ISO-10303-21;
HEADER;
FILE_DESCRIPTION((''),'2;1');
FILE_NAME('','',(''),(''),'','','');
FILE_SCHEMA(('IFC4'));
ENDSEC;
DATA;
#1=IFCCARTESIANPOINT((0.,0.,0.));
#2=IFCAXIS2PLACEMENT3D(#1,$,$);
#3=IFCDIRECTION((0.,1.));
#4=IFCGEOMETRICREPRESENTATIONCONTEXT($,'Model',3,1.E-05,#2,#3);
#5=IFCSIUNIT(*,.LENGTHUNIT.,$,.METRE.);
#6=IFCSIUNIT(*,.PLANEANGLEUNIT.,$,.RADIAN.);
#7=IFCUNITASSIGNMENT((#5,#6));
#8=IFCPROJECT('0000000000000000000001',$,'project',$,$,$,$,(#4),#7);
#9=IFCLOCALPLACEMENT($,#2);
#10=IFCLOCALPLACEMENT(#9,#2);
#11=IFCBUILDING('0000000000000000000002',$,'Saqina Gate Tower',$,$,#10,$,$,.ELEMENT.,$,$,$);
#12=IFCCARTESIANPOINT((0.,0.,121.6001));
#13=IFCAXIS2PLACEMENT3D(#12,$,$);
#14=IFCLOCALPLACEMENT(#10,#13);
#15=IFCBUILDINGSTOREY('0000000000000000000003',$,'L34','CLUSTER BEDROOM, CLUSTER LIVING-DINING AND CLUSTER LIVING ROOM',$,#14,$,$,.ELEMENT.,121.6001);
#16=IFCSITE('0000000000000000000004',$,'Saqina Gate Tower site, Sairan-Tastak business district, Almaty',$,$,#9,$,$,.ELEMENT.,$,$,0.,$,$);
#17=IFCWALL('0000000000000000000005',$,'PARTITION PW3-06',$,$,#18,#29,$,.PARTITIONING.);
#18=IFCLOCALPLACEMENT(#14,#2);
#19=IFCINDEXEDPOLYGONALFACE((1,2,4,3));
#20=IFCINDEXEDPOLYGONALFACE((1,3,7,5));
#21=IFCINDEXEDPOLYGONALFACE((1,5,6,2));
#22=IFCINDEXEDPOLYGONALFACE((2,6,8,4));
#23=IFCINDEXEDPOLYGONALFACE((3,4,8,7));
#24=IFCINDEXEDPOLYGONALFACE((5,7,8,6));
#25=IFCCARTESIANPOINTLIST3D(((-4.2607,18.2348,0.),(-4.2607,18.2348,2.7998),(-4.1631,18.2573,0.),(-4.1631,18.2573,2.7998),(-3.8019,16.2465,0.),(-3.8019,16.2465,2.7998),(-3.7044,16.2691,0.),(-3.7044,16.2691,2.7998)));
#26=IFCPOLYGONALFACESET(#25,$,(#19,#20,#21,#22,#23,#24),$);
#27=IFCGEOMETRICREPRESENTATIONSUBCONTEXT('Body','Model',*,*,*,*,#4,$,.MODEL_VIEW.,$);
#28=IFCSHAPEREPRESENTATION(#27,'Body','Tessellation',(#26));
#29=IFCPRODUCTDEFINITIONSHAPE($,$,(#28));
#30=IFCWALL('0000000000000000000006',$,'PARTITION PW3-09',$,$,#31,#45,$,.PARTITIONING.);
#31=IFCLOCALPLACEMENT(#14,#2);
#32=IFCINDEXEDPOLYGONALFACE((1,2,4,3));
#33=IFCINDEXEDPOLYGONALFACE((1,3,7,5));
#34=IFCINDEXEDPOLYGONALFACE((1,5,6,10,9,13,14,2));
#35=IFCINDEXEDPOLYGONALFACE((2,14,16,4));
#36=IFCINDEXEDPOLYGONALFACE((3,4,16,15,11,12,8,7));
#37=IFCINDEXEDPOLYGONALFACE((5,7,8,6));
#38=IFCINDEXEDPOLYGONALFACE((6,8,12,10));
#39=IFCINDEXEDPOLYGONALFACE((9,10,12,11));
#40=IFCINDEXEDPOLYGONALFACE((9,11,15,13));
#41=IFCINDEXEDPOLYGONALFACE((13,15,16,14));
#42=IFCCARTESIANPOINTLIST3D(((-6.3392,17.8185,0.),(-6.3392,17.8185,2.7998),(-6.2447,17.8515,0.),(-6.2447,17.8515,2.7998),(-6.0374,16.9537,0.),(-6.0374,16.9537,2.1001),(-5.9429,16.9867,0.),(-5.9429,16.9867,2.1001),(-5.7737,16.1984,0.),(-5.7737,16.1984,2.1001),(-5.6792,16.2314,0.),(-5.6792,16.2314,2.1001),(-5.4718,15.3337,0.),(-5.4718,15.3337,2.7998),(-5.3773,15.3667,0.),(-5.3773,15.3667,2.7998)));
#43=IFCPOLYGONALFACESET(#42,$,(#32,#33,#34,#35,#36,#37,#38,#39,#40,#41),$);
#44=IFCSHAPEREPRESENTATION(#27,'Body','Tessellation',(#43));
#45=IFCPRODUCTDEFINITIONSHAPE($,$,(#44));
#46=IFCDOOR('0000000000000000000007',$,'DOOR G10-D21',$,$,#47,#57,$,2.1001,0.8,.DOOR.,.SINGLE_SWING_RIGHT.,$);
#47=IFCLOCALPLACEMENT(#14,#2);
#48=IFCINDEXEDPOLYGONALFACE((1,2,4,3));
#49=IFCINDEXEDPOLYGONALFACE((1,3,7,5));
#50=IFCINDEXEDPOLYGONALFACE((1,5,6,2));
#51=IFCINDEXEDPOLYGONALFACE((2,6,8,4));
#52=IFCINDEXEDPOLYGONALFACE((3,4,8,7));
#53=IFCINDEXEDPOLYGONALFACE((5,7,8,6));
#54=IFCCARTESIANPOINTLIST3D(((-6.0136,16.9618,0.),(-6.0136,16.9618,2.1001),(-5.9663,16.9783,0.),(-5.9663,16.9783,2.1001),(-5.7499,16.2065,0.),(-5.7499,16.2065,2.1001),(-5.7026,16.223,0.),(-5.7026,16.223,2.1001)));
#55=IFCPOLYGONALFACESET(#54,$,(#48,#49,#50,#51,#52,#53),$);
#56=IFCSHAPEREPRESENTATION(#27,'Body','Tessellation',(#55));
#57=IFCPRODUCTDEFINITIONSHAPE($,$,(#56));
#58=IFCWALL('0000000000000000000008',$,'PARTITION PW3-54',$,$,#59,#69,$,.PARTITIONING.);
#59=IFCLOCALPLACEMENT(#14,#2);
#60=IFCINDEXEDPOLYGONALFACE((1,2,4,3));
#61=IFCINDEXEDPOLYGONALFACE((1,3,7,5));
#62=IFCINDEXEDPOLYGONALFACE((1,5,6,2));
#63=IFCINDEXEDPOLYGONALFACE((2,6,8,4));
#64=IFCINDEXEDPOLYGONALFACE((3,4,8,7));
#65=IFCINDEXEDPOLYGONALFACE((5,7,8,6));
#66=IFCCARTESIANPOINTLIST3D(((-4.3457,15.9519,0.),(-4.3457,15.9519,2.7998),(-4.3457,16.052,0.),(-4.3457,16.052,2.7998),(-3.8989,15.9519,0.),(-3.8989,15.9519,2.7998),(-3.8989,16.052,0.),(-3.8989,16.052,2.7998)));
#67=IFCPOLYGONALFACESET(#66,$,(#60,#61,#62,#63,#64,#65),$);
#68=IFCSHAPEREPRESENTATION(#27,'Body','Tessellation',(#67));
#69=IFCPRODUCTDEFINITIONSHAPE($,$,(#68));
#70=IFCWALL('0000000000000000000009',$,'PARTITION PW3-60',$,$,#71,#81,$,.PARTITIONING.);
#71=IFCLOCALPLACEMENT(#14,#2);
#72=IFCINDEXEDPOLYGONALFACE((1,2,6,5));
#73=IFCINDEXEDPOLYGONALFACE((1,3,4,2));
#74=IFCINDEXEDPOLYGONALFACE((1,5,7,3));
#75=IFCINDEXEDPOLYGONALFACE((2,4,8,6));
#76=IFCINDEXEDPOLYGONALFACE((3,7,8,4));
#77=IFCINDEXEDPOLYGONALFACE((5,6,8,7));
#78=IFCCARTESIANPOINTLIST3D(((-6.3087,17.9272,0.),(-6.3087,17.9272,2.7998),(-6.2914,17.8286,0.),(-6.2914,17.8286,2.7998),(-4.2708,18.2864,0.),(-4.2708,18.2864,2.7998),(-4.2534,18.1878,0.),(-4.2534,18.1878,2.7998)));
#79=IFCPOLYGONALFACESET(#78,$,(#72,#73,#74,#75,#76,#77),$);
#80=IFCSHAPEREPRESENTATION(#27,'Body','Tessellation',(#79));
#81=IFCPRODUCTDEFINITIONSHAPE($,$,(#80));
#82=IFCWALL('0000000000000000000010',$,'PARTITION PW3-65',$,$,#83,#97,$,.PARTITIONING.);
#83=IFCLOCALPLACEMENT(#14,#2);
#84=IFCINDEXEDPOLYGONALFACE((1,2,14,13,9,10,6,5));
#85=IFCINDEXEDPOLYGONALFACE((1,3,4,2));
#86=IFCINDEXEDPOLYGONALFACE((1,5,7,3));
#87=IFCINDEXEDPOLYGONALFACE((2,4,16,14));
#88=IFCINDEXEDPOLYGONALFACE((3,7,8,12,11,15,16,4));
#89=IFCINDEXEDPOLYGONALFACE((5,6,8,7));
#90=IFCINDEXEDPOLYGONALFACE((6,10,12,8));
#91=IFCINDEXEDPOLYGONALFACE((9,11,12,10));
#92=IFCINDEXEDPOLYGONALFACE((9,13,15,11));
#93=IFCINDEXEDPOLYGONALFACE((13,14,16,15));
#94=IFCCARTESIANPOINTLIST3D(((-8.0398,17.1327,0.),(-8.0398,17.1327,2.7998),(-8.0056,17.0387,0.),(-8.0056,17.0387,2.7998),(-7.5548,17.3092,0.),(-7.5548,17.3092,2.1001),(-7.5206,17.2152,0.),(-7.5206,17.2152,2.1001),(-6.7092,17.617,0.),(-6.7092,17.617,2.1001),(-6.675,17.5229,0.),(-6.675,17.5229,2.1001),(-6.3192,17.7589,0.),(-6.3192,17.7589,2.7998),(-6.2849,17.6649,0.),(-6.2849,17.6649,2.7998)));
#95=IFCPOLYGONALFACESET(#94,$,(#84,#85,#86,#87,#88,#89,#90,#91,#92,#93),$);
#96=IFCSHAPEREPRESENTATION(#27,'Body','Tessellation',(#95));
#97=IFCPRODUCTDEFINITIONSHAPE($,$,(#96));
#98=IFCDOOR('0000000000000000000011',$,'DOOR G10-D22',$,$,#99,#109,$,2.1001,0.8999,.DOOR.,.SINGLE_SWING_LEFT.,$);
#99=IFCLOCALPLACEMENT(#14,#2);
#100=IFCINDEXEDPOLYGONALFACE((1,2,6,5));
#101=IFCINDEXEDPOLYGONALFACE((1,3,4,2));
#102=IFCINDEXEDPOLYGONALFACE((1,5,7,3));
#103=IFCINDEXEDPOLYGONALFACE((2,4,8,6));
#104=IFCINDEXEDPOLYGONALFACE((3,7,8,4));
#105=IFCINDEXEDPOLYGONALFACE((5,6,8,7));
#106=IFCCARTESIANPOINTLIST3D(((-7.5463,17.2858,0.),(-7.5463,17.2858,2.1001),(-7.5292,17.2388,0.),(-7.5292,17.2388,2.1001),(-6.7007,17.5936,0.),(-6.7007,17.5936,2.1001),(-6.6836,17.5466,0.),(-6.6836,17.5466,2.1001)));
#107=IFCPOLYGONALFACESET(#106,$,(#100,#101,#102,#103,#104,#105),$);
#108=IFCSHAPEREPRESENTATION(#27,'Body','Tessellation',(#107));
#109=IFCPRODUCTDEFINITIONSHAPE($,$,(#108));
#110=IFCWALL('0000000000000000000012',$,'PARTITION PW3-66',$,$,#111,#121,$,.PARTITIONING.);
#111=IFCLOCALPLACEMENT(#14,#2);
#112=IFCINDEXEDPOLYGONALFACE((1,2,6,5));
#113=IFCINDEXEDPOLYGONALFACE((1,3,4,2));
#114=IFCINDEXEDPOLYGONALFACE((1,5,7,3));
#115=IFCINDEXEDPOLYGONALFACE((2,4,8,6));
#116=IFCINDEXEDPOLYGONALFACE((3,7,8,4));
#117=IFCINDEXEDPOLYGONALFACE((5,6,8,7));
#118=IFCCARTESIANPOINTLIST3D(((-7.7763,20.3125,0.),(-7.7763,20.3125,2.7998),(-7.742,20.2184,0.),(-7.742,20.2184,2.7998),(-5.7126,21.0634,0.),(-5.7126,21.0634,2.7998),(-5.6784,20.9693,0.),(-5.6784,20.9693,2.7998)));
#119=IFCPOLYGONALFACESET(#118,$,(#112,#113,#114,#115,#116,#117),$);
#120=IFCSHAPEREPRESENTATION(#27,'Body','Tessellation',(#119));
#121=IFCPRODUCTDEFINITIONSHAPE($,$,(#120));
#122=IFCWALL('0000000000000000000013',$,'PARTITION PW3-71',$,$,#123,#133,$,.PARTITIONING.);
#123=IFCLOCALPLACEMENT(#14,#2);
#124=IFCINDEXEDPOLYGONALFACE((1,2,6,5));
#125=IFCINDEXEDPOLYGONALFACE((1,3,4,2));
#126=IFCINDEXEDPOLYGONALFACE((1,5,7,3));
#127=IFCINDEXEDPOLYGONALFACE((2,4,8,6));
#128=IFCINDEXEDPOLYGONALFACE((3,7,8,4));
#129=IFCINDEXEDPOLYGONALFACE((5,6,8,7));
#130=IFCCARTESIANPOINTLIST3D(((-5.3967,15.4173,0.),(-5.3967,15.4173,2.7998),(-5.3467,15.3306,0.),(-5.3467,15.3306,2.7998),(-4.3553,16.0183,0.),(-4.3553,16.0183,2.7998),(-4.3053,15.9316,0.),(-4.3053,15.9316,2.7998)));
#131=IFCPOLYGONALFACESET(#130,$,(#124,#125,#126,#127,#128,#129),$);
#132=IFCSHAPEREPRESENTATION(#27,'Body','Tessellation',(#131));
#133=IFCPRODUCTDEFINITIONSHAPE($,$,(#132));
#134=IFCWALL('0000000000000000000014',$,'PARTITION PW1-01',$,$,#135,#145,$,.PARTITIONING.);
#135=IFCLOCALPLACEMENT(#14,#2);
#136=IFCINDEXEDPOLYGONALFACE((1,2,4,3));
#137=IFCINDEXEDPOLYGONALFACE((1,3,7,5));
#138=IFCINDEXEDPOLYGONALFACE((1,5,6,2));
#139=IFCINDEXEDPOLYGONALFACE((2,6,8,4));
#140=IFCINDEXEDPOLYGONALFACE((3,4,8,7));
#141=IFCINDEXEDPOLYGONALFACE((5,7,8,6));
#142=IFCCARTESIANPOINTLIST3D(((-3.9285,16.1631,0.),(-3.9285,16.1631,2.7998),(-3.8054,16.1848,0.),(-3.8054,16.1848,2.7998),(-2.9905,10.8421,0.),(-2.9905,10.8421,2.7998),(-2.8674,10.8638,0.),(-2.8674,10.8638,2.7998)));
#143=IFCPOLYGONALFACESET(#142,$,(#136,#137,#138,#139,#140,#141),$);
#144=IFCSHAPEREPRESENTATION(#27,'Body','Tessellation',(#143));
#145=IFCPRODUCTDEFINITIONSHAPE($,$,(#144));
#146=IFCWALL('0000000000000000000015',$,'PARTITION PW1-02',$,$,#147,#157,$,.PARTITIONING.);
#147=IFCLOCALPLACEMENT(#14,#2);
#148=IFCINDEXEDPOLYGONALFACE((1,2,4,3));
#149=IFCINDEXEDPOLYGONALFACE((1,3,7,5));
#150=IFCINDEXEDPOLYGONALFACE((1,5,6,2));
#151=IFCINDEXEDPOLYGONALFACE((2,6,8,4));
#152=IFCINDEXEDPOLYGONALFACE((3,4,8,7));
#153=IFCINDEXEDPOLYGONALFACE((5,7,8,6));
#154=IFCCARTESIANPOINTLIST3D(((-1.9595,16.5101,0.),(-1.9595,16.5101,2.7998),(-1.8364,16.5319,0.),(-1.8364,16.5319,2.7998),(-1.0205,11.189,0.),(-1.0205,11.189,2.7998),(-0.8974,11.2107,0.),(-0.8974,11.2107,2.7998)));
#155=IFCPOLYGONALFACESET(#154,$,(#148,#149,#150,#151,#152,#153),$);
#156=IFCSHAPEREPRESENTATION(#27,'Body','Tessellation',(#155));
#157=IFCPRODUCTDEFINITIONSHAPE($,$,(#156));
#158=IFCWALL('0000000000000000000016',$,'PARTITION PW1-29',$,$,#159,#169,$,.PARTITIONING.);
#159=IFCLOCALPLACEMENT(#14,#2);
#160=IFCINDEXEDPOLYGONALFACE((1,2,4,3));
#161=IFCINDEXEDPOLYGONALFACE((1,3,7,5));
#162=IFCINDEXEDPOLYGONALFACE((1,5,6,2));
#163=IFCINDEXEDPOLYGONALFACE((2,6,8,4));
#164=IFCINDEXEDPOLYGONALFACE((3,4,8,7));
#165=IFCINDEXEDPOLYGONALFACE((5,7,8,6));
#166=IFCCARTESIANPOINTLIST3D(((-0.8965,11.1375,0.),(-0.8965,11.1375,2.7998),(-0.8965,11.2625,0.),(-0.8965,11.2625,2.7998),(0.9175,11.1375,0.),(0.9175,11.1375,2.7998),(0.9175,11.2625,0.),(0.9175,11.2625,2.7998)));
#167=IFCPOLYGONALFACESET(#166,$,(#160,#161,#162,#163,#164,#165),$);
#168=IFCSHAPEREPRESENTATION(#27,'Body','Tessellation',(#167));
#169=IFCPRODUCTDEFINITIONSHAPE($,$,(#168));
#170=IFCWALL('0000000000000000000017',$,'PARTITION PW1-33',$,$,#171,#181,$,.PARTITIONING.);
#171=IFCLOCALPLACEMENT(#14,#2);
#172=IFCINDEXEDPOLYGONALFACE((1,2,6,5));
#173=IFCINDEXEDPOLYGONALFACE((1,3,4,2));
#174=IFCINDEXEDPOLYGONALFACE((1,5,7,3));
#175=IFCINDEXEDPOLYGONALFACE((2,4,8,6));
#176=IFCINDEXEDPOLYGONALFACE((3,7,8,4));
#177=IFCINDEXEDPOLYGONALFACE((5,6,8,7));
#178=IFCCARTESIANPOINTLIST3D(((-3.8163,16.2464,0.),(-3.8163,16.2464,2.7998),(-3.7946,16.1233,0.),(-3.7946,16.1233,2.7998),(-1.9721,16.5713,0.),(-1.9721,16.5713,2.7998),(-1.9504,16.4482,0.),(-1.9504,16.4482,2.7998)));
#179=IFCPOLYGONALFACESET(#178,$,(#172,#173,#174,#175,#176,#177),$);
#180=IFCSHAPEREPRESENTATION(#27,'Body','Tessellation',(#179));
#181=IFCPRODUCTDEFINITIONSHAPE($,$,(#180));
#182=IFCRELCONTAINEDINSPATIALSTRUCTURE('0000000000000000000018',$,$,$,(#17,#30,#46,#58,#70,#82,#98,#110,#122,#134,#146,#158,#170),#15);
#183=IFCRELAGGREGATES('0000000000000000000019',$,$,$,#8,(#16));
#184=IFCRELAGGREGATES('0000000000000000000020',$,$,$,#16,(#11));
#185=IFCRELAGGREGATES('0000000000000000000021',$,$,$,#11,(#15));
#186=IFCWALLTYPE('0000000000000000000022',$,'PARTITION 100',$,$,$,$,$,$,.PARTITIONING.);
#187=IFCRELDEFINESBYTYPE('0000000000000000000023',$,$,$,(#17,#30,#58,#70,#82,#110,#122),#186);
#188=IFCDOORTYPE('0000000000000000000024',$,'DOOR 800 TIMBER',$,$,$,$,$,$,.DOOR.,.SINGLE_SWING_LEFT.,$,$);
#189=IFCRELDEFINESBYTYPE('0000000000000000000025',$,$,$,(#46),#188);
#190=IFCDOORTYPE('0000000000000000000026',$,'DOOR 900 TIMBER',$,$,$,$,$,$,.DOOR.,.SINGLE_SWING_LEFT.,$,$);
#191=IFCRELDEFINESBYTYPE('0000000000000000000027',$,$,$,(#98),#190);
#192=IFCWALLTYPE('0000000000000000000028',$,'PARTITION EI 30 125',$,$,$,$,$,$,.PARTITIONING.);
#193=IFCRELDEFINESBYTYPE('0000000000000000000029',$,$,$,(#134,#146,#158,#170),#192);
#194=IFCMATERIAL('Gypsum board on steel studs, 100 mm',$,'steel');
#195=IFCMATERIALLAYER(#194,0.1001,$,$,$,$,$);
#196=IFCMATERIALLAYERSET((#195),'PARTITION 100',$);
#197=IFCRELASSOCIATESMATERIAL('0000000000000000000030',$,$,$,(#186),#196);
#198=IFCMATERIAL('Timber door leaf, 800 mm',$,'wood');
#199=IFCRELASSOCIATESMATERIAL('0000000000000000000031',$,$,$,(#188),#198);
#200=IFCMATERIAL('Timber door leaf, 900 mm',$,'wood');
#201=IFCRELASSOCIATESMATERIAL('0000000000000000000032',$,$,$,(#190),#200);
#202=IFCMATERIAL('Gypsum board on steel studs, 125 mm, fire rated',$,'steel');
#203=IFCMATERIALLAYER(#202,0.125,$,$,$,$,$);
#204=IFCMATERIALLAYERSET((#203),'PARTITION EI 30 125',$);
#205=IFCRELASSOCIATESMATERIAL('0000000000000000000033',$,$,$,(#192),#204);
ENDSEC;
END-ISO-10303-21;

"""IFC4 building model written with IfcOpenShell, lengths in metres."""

from ifc_helpers import new_model, si_unit, direction, frame, frame_2d, origin, place, context, subcontext, project, spatial, rectangle, extrude, material, layer, layer_set, type_object, element, fill, save


model = new_model("IFC4")

# Units and contexts
model_context = context("Model", 3, precision=1e-05, world=origin(), true_north=direction((0.0, 1.0)))
body_context = subcontext(model_context, "Body", "Model", "MODEL_VIEW")
ifc_project = project(units=[si_unit("LENGTHUNIT", "METRE"), si_unit("PLANEANGLEUNIT", "RADIAN")], contexts=[model_context])

# Site, building, storey
site_placement = place(None, origin())
site = spatial("IfcSite", under=ifc_project, at=site_placement, Name="Saqina Gate Tower site, Sairan-Tastak business district, Almaty", CompositionType="ELEMENT", RefElevation=0.0)
building_placement = place(site_placement, origin())
building = spatial("IfcBuilding", under=site, at=building_placement, Name="Saqina Gate Tower", CompositionType="ELEMENT")
storey_placement = place(building_placement, frame((0.0, 0.0, 121.6001)))
storey = spatial("IfcBuildingStorey", under=building, at=storey_placement, Name="L34", Description="CLUSTER BEDROOM, CLUSTER LIVING-DINING AND CLUSTER LIVING ROOM", CompositionType="ELEMENT", Elevation=121.6001)

# Wall
ifc_material_1 = material(Name="Gypsum board on steel studs, 100 mm", Category="steel")
ifc_layer_1 = layer(ifc_material_1, 0.1001)
ifc_layer_set_1 = layer_set([ifc_layer_1], Name="PARTITION 100")
wall_type_1 = type_object("IfcWallType", Name="PARTITION 100", PredefinedType="PARTITIONING", material=ifc_layer_set_1)
wall_1_placement = place(storey_placement, frame((-4.2119, 18.2461, 0.0), z_axis=(0.0, 0.0, 1.0), x_axis=(0.224816, -0.974401, 0.0)))
element("IfcWall", 1, at=wall_1_placement, inside=storey, type_object=wall_type_1, Name="PARTITION PW3-06", PredefinedType="PARTITIONING", context=body_context, shape_type="SweptSolid", body=[
    extrude(rectangle(XDim=2.0405, YDim=0.1001, at=frame_2d((1.0203, 0.0))), origin(), (0.0, 0.0, 1.0), 2.7998),
])

# Wall, opening, door
wall_2_placement = place(storey_placement, frame((-6.292, 17.835, 0.0), z_axis=(0.0, 0.0, 1.0), x_axis=(0.329582, -0.944127, 0.0)))
wall_2 = element("IfcWall", 2, at=wall_2_placement, inside=storey, type_object=wall_type_1, Name="PARTITION PW3-09", PredefinedType="PARTITIONING", context=body_context, shape_type="SweptSolid", body=[
    extrude(rectangle(XDim=2.6318, YDim=0.1001, at=frame_2d((1.3159, 0.0))), origin(), (0.0, 0.0, 1.0), 2.7998),
])
opening_1_placement = place(wall_2_placement, frame((0.916, 0.0, 0.0)))
opening_1 = element("IfcOpeningElement", 3, at=opening_1_placement, cuts=wall_2, PredefinedType="OPENING", context=body_context, shape_type="SweptSolid", body=[
    extrude(rectangle(XDim=0.8, YDim=2.1001, at=frame_2d((0.3999, 1.05))), frame((0.0, 0.062, 0.0), z_axis=(0.0, -1.0, 0.0), x_axis=(1.0, 0.0, 0.0)), (0.0, 0.0, 1.0), 0.124),
])
ifc_material_2 = material(Name="Timber door leaf, 800 mm", Category="wood")
door_type_1 = type_object("IfcDoorType", Name="DOOR 800 TIMBER", OperationType="SINGLE_SWING_LEFT", PredefinedType="DOOR", material=ifc_material_2)
door_1_placement = place(opening_1_placement, frame((0.8, 0.0, 0.0), z_axis=(0.0, 0.0, 1.0), x_axis=(-1.0, 0.0, 0.0)))
door_1 = element("IfcDoor", 4, at=door_1_placement, inside=storey, type_object=door_type_1, Name="DOOR G10-D21", OperationType="SINGLE_SWING_RIGHT", OverallHeight=2.1001, OverallWidth=0.8, PredefinedType="DOOR", context=body_context, shape_type="SweptSolid", body=[
    extrude(rectangle(XDim=0.8, YDim=2.1001, at=frame_2d((0.3999, 1.05))), frame((0.0, 0.0249, 0.0), z_axis=(0.0, -1.0, 0.0), x_axis=(1.0, 0.0, 0.0)), (0.0, 0.0, 1.0), 0.05),
])
fill(opening_1, door_1)

# Walls
wall_3_placement = place(storey_placement, frame((-4.3457, 16.002, 0.0), z_axis=(0.0, 0.0, 1.0), x_axis=(1.0, 0.0, 0.0)))
element("IfcWall", 5, at=wall_3_placement, inside=storey, type_object=wall_type_1, Name="PARTITION PW3-54", PredefinedType="PARTITIONING", context=body_context, shape_type="SweptSolid", body=[
    extrude(rectangle(XDim=0.4468, YDim=0.1001, at=frame_2d((0.2234, 0.0))), origin(), (0.0, 0.0, 1.0), 2.7998),
])
wall_4_placement = place(storey_placement, frame((-6.3, 17.8779, 0.0), z_axis=(0.0, 0.0, 1.0), x_axis=(0.984824, 0.173556, 0.0)))
element("IfcWall", 6, at=wall_4_placement, inside=storey, type_object=wall_type_1, Name="PARTITION PW3-60", PredefinedType="PARTITIONING", context=body_context, shape_type="SweptSolid", body=[
    extrude(rectangle(XDim=2.0693, YDim=0.1001, at=frame_2d((1.0347, 0.0))), origin(), (0.0, 0.0, 1.0), 2.7998),
])

# Wall, opening, door
wall_5_placement = place(storey_placement, frame((-8.0227, 17.0857, 0.0), z_axis=(0.0, 0.0, 1.0), x_axis=(0.939704, 0.341989, 0.0)))
wall_5 = element("IfcWall", 7, at=wall_5_placement, inside=storey, type_object=wall_type_1, Name="PARTITION PW3-65", PredefinedType="PARTITIONING", context=body_context, shape_type="SweptSolid", body=[
    extrude(rectangle(XDim=1.8311, YDim=0.1001, at=frame_2d((0.9155, 0.0))), origin(), (0.0, 0.0, 1.0), 2.7998),
])
opening_2_placement = place(wall_5_placement, frame((0.5161, 0.0, 0.0)))
opening_2 = element("IfcOpeningElement", 8, at=opening_2_placement, cuts=wall_5, PredefinedType="OPENING", context=body_context, shape_type="SweptSolid", body=[
    extrude(rectangle(XDim=0.8999, YDim=2.1001, at=frame_2d((0.45, 1.05))), frame((0.0, 0.062, 0.0), z_axis=(0.0, -1.0, 0.0), x_axis=(1.0, 0.0, 0.0)), (0.0, 0.0, 1.0), 0.124),
])
ifc_material_3 = material(Name="Timber door leaf, 900 mm", Category="wood")
door_type_2 = type_object("IfcDoorType", Name="DOOR 900 TIMBER", OperationType="SINGLE_SWING_LEFT", PredefinedType="DOOR", material=ifc_material_3)
door_2_placement = place(opening_2_placement, frame((0.8999, 0.0, 0.0), z_axis=(0.0, 0.0, 1.0), x_axis=(-1.0, 0.0, 0.0)))
door_2 = element("IfcDoor", 9, at=door_2_placement, inside=storey, type_object=door_type_2, Name="DOOR G10-D22", OperationType="SINGLE_SWING_LEFT", OverallHeight=2.1001, OverallWidth=0.8999, PredefinedType="DOOR", context=body_context, shape_type="SweptSolid", body=[
    extrude(rectangle(XDim=0.8999, YDim=2.1001, at=frame_2d((0.45, 1.05))), frame((0.0, 0.0249, 0.0), z_axis=(0.0, -1.0, 0.0), x_axis=(1.0, 0.0, 0.0)), (0.0, 0.0, 1.0), 0.05),
])
fill(opening_2, door_2)

# Walls
wall_6_placement = place(storey_placement, frame((-7.7593, 20.2654, 0.0), z_axis=(0.0, 0.0, 1.0), x_axis=(0.939715, 0.341957, 0.0)))
element("IfcWall", 10, at=wall_6_placement, inside=storey, type_object=wall_type_1, Name="PARTITION PW3-66", PredefinedType="PARTITIONING", context=body_context, shape_type="SweptSolid", body=[
    extrude(rectangle(XDim=2.196, YDim=0.1001, at=frame_2d((1.0981, 0.0))), origin(), (0.0, 0.0, 1.0), 2.7998),
])
wall_7_placement = place(storey_placement, frame((-5.3716, 15.374, 0.0), z_axis=(0.0, 0.0, 1.0), x_axis=(0.866111, 0.499851, 0.0)))
element("IfcWall", 11, at=wall_7_placement, inside=storey, type_object=wall_type_1, Name="PARTITION PW3-71", PredefinedType="PARTITIONING", context=body_context, shape_type="SweptSolid", body=[
    extrude(rectangle(XDim=1.2024, YDim=0.1001, at=frame_2d((0.6011, 0.0))), origin(), (0.0, 0.0, 1.0), 2.7998),
])
ifc_material_4 = material(Name="Gypsum board on steel studs, 125 mm, fire rated", Category="steel")
ifc_layer_2 = layer(ifc_material_4, 0.125)
ifc_layer_set_2 = layer_set([ifc_layer_2], Name="PARTITION EI 30 125")
wall_type_2 = type_object("IfcWallType", Name="PARTITION EI 30 125", PredefinedType="PARTITIONING", material=ifc_layer_set_2)
wall_8_placement = place(storey_placement, frame((-3.8669, 16.1741, 0.0), z_axis=(0.0, 0.0, 1.0), x_axis=(0.173602, -0.984816, 0.0)))
element("IfcWall", 12, at=wall_8_placement, inside=storey, type_object=wall_type_2, Name="PARTITION PW1-01", PredefinedType="PARTITIONING", context=body_context, shape_type="SweptSolid", body=[
    extrude(rectangle(XDim=5.4031, YDim=0.125, at=frame_2d((2.7017, 0.0))), origin(), (0.0, 0.0, 1.0), 2.7998),
])
wall_9_placement = place(storey_placement, frame((-1.8979, 16.521, 0.0), z_axis=(0.0, 0.0, 1.0), x_axis=(0.173778, -0.984785, 0.0)))
element("IfcWall", 13, at=wall_9_placement, inside=storey, type_object=wall_type_2, Name="PARTITION PW1-02", PredefinedType="PARTITIONING", context=body_context, shape_type="SweptSolid", body=[
    extrude(rectangle(XDim=5.4033, YDim=0.125, at=frame_2d((2.7017, 0.0))), origin(), (0.0, 0.0, 1.0), 2.7998),
])
wall_10_placement = place(storey_placement, frame((-0.8965, 11.2, 0.0), z_axis=(0.0, 0.0, 1.0), x_axis=(1.0, 0.0, 0.0)))
element("IfcWall", 14, at=wall_10_placement, inside=storey, type_object=wall_type_2, Name="PARTITION PW1-29", PredefinedType="PARTITIONING", context=body_context, shape_type="SweptSolid", body=[
    extrude(rectangle(XDim=1.814, YDim=0.125, at=frame_2d((0.907, 0.0))), origin(), (0.0, 0.0, 1.0), 2.7998),
])
wall_11_placement = place(storey_placement, frame((-3.8054, 16.1848, 0.0), z_axis=(0.0, 0.0, 1.0), x_axis=(0.984829, 0.173525, 0.0)))
element("IfcWall", 15, at=wall_11_placement, inside=storey, type_object=wall_type_2, Name="PARTITION PW1-33", PredefinedType="PARTITIONING", context=body_context, shape_type="SweptSolid", body=[
    extrude(rectangle(XDim=1.8726, YDim=0.125, at=frame_2d((0.9363, 0.0))), origin(), (0.0, 0.0, 1.0), 2.7998),
])

save(model, "model.ifc")
